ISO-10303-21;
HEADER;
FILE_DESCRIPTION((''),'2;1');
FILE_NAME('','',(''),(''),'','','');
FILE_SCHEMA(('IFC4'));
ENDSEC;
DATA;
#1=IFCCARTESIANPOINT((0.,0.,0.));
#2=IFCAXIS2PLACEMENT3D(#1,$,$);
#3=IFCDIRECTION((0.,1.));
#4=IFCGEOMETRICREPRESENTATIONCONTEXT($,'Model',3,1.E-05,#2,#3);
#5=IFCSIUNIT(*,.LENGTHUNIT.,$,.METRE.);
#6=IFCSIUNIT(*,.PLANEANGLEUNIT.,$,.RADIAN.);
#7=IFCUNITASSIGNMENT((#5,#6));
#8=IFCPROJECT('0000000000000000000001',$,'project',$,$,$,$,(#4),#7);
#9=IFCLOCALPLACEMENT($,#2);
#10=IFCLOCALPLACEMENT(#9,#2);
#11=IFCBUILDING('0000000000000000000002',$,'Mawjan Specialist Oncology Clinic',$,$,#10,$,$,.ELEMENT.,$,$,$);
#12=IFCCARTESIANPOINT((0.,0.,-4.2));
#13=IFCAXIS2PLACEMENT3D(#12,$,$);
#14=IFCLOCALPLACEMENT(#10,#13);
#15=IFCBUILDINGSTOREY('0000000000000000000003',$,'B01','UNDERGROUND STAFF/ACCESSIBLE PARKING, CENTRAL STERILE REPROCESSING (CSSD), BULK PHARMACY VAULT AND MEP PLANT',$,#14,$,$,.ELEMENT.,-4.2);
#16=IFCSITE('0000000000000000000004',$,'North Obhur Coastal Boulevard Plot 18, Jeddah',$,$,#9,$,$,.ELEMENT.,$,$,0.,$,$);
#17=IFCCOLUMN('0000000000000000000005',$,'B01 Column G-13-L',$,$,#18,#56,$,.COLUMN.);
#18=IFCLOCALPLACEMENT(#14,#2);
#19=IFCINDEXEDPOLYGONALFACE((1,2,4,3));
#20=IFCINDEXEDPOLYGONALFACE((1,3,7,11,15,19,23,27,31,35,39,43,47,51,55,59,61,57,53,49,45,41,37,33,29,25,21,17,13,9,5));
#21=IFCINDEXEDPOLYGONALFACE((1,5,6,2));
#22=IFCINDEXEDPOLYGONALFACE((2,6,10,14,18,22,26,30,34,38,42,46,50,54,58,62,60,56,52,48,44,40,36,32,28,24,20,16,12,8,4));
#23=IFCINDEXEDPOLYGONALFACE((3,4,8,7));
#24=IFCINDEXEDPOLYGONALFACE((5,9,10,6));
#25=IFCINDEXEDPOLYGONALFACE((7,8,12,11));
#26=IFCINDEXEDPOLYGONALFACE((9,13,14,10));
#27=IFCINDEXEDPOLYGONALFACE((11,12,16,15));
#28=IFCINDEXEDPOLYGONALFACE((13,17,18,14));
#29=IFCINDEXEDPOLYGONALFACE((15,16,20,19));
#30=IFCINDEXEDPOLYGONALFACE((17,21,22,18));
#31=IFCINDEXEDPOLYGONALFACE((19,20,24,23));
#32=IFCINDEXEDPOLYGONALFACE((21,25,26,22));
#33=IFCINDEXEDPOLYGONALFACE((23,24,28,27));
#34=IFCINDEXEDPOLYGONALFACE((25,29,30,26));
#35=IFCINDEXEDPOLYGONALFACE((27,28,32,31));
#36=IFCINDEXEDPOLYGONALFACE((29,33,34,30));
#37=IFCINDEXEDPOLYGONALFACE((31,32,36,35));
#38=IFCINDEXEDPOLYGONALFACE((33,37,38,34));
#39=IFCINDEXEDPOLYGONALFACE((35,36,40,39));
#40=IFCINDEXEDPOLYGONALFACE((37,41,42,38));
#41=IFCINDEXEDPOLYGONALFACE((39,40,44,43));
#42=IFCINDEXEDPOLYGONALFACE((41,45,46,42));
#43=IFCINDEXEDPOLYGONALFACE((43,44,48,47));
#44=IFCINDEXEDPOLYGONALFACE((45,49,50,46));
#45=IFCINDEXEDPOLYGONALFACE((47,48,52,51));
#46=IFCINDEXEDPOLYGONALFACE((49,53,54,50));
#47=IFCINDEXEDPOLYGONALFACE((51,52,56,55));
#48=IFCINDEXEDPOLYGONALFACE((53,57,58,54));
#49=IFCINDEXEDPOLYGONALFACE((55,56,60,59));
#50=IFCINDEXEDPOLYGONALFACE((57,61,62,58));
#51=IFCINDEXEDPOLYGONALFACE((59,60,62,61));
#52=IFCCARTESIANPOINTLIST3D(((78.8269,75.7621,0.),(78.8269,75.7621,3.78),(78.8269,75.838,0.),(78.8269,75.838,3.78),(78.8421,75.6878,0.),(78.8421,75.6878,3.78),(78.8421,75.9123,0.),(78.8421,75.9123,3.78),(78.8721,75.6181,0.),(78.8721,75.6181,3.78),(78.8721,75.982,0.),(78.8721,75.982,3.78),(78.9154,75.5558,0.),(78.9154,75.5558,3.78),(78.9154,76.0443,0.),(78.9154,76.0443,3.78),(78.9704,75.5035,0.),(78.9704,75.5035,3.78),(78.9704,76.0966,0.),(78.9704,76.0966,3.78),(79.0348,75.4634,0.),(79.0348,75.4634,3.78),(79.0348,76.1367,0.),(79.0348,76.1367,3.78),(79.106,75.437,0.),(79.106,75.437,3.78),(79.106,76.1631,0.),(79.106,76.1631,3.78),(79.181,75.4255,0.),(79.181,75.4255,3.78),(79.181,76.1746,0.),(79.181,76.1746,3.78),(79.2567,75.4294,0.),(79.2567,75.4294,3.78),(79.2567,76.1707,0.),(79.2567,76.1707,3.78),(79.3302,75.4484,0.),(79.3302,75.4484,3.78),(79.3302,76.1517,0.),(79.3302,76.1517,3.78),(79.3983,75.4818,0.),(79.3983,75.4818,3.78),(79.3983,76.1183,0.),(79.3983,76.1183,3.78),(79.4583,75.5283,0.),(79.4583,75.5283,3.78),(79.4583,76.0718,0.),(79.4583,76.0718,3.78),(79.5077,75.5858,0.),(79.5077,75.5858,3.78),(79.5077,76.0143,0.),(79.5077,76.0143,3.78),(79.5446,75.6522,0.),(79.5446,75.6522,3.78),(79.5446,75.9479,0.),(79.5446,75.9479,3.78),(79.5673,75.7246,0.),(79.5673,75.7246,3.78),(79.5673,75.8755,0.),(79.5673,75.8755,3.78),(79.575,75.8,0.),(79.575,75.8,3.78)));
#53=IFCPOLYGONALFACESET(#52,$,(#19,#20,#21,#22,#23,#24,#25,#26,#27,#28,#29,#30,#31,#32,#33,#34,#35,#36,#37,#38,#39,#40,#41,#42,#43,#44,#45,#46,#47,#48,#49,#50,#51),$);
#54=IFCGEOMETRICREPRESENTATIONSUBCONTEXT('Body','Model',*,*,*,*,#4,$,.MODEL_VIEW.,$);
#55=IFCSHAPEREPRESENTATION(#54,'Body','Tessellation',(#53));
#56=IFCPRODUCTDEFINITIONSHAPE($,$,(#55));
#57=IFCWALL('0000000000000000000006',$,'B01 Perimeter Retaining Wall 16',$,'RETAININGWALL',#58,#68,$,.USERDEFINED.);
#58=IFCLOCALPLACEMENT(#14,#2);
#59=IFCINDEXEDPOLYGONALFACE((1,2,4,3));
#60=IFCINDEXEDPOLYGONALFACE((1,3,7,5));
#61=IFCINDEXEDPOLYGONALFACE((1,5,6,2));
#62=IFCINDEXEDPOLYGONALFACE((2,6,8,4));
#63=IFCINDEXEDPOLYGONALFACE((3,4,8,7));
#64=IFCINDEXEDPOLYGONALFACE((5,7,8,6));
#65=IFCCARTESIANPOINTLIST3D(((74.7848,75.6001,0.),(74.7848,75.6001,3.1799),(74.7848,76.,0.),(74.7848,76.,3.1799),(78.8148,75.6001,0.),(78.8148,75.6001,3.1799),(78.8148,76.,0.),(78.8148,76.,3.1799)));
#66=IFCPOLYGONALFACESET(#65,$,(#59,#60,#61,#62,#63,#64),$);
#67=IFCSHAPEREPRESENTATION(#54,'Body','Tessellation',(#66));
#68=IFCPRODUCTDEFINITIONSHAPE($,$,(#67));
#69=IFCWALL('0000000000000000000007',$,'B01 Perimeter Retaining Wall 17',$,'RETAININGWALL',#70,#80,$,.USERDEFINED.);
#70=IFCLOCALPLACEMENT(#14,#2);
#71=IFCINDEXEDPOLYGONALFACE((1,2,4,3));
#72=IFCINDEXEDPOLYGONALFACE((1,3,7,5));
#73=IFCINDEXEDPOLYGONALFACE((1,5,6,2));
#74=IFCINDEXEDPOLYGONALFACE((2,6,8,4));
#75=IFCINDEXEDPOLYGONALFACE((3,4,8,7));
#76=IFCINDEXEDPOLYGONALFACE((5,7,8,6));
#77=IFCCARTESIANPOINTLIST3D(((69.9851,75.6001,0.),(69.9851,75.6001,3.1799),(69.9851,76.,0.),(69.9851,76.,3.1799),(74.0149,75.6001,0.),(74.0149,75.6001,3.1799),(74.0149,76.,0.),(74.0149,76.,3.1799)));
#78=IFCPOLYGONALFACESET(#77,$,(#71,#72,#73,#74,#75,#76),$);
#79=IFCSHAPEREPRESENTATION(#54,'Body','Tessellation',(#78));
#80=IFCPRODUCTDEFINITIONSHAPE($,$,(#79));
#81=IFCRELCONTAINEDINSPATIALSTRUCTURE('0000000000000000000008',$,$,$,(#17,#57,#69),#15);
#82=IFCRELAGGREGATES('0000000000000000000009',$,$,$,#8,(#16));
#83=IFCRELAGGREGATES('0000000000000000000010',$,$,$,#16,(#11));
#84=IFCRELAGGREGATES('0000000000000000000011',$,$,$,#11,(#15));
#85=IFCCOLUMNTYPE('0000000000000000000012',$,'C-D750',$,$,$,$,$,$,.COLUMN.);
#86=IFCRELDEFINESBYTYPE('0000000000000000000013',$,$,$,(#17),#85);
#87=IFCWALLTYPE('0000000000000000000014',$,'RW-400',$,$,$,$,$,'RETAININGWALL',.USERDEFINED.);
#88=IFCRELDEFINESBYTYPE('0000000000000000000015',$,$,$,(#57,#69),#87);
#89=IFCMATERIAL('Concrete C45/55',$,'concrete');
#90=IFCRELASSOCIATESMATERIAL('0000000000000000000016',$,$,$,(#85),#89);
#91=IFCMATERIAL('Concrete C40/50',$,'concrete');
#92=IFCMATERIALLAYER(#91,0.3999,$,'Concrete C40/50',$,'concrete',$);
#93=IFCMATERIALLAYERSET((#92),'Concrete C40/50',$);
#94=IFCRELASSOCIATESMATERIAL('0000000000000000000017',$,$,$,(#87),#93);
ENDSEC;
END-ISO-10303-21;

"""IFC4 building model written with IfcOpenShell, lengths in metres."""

from ifc_helpers import new_model, si_unit, direction, frame, frame_2d, origin, origin_2d, place, context, subcontext, project, spatial, rectangle, circle, extrude, material, layer, layer_set, material_profile, profile_set, type_object, element, save


model = new_model("IFC4")

# Units and contexts
model_context = context("Model", 3, precision=1e-05, world=origin(), true_north=direction((0.0, 1.0)))
body_context = subcontext(model_context, "Body", "Model", "MODEL_VIEW")
ifc_project = project(units=[si_unit("LENGTHUNIT", "METRE"), si_unit("PLANEANGLEUNIT", "RADIAN")], contexts=[model_context])

# Site, building, storey
site_placement = place(None, origin())
site = spatial("IfcSite", under=ifc_project, at=site_placement, Name="North Obhur Coastal Boulevard Plot 18, Jeddah", CompositionType="ELEMENT", RefElevation=0.0)
building_placement = place(site_placement, origin())
building = spatial("IfcBuilding", under=site, at=building_placement, Name="Mawjan Specialist Oncology Clinic", CompositionType="ELEMENT")
storey_placement = place(building_placement, frame((0.0, 0.0, -4.2)))
storey = spatial("IfcBuildingStorey", under=building, at=storey_placement, Name="B01", Description="UNDERGROUND STAFF/ACCESSIBLE PARKING, CENTRAL STERILE REPROCESSING (CSSD), BULK PHARMACY VAULT AND MEP PLANT", CompositionType="ELEMENT", Elevation=-4.2)

# Column
ifc_material_1 = material(Name="Concrete C45/55", Category="concrete")
ifc_material_profile_1 = material_profile(ifc_material_1, circle(Radius=0.375, at=origin_2d()), Name="RC COL D750", Category="concrete")
ifc_profile_set_1 = profile_set([ifc_material_profile_1], Name="Concrete C45/55")
column_type_1 = type_object("IfcColumnType", Name="C-D750", PredefinedType="COLUMN", material=ifc_profile_set_1)
for number, where, z_axis, x_axis, name in (
    (1, (79.2, 75.8, 0.0), (0.0, 0.0, 1.0), (1.0, 0.0, 0.0), "B01 Column G-13-L"),
):
    element("IfcColumn", number, at=place(storey_placement, frame(where, z_axis=z_axis, x_axis=x_axis)), inside=storey, type_object=column_type_1, Name=name, PredefinedType="COLUMN", context=body_context, shape_type="SweptSolid", body=[
        extrude(circle(Radius=0.375, at=origin_2d()), origin(), (0.0, 0.0, 1.0), 3.78),
    ])

# Walls
ifc_material_2 = material(Name="Concrete C40/50", Category="concrete")
ifc_layer = layer(ifc_material_2, 0.3999, Name="Concrete C40/50", Category="concrete")
ifc_layer_set = layer_set([ifc_layer], Name="Concrete C40/50")
wall_type = type_object("IfcWallType", Name="RW-400", ElementType="RETAININGWALL", PredefinedType="USERDEFINED", material=ifc_layer_set)
wall_1_placement = place(storey_placement, frame((78.8149, 75.8, 0.0), z_axis=(0.0, 0.0, 1.0), x_axis=(-1.0, 0.0, 0.0)))
element("IfcWall", 2, at=wall_1_placement, inside=storey, type_object=wall_type, Name="B01 Perimeter Retaining Wall 16", ObjectType="RETAININGWALL", PredefinedType="USERDEFINED", context=body_context, shape_type="SweptSolid", body=[
    extrude(rectangle(XDim=4.03, YDim=0.3999, at=frame_2d((2.0151, 0.0))), origin(), (0.0, 0.0, 1.0), 3.1799),
])
wall_2_placement = place(storey_placement, frame((74.0149, 75.8, 0.0), z_axis=(0.0, 0.0, 1.0), x_axis=(-1.0, 0.0, 0.0)))
element("IfcWall", 3, at=wall_2_placement, inside=storey, type_object=wall_type, Name="B01 Perimeter Retaining Wall 17", ObjectType="RETAININGWALL", PredefinedType="USERDEFINED", context=body_context, shape_type="SweptSolid", body=[
    extrude(rectangle(XDim=4.0298, YDim=0.3999, at=frame_2d((2.0149, 0.0))), origin(), (0.0, 0.0, 1.0), 3.1799),
])

save(model, "model.ifc")
